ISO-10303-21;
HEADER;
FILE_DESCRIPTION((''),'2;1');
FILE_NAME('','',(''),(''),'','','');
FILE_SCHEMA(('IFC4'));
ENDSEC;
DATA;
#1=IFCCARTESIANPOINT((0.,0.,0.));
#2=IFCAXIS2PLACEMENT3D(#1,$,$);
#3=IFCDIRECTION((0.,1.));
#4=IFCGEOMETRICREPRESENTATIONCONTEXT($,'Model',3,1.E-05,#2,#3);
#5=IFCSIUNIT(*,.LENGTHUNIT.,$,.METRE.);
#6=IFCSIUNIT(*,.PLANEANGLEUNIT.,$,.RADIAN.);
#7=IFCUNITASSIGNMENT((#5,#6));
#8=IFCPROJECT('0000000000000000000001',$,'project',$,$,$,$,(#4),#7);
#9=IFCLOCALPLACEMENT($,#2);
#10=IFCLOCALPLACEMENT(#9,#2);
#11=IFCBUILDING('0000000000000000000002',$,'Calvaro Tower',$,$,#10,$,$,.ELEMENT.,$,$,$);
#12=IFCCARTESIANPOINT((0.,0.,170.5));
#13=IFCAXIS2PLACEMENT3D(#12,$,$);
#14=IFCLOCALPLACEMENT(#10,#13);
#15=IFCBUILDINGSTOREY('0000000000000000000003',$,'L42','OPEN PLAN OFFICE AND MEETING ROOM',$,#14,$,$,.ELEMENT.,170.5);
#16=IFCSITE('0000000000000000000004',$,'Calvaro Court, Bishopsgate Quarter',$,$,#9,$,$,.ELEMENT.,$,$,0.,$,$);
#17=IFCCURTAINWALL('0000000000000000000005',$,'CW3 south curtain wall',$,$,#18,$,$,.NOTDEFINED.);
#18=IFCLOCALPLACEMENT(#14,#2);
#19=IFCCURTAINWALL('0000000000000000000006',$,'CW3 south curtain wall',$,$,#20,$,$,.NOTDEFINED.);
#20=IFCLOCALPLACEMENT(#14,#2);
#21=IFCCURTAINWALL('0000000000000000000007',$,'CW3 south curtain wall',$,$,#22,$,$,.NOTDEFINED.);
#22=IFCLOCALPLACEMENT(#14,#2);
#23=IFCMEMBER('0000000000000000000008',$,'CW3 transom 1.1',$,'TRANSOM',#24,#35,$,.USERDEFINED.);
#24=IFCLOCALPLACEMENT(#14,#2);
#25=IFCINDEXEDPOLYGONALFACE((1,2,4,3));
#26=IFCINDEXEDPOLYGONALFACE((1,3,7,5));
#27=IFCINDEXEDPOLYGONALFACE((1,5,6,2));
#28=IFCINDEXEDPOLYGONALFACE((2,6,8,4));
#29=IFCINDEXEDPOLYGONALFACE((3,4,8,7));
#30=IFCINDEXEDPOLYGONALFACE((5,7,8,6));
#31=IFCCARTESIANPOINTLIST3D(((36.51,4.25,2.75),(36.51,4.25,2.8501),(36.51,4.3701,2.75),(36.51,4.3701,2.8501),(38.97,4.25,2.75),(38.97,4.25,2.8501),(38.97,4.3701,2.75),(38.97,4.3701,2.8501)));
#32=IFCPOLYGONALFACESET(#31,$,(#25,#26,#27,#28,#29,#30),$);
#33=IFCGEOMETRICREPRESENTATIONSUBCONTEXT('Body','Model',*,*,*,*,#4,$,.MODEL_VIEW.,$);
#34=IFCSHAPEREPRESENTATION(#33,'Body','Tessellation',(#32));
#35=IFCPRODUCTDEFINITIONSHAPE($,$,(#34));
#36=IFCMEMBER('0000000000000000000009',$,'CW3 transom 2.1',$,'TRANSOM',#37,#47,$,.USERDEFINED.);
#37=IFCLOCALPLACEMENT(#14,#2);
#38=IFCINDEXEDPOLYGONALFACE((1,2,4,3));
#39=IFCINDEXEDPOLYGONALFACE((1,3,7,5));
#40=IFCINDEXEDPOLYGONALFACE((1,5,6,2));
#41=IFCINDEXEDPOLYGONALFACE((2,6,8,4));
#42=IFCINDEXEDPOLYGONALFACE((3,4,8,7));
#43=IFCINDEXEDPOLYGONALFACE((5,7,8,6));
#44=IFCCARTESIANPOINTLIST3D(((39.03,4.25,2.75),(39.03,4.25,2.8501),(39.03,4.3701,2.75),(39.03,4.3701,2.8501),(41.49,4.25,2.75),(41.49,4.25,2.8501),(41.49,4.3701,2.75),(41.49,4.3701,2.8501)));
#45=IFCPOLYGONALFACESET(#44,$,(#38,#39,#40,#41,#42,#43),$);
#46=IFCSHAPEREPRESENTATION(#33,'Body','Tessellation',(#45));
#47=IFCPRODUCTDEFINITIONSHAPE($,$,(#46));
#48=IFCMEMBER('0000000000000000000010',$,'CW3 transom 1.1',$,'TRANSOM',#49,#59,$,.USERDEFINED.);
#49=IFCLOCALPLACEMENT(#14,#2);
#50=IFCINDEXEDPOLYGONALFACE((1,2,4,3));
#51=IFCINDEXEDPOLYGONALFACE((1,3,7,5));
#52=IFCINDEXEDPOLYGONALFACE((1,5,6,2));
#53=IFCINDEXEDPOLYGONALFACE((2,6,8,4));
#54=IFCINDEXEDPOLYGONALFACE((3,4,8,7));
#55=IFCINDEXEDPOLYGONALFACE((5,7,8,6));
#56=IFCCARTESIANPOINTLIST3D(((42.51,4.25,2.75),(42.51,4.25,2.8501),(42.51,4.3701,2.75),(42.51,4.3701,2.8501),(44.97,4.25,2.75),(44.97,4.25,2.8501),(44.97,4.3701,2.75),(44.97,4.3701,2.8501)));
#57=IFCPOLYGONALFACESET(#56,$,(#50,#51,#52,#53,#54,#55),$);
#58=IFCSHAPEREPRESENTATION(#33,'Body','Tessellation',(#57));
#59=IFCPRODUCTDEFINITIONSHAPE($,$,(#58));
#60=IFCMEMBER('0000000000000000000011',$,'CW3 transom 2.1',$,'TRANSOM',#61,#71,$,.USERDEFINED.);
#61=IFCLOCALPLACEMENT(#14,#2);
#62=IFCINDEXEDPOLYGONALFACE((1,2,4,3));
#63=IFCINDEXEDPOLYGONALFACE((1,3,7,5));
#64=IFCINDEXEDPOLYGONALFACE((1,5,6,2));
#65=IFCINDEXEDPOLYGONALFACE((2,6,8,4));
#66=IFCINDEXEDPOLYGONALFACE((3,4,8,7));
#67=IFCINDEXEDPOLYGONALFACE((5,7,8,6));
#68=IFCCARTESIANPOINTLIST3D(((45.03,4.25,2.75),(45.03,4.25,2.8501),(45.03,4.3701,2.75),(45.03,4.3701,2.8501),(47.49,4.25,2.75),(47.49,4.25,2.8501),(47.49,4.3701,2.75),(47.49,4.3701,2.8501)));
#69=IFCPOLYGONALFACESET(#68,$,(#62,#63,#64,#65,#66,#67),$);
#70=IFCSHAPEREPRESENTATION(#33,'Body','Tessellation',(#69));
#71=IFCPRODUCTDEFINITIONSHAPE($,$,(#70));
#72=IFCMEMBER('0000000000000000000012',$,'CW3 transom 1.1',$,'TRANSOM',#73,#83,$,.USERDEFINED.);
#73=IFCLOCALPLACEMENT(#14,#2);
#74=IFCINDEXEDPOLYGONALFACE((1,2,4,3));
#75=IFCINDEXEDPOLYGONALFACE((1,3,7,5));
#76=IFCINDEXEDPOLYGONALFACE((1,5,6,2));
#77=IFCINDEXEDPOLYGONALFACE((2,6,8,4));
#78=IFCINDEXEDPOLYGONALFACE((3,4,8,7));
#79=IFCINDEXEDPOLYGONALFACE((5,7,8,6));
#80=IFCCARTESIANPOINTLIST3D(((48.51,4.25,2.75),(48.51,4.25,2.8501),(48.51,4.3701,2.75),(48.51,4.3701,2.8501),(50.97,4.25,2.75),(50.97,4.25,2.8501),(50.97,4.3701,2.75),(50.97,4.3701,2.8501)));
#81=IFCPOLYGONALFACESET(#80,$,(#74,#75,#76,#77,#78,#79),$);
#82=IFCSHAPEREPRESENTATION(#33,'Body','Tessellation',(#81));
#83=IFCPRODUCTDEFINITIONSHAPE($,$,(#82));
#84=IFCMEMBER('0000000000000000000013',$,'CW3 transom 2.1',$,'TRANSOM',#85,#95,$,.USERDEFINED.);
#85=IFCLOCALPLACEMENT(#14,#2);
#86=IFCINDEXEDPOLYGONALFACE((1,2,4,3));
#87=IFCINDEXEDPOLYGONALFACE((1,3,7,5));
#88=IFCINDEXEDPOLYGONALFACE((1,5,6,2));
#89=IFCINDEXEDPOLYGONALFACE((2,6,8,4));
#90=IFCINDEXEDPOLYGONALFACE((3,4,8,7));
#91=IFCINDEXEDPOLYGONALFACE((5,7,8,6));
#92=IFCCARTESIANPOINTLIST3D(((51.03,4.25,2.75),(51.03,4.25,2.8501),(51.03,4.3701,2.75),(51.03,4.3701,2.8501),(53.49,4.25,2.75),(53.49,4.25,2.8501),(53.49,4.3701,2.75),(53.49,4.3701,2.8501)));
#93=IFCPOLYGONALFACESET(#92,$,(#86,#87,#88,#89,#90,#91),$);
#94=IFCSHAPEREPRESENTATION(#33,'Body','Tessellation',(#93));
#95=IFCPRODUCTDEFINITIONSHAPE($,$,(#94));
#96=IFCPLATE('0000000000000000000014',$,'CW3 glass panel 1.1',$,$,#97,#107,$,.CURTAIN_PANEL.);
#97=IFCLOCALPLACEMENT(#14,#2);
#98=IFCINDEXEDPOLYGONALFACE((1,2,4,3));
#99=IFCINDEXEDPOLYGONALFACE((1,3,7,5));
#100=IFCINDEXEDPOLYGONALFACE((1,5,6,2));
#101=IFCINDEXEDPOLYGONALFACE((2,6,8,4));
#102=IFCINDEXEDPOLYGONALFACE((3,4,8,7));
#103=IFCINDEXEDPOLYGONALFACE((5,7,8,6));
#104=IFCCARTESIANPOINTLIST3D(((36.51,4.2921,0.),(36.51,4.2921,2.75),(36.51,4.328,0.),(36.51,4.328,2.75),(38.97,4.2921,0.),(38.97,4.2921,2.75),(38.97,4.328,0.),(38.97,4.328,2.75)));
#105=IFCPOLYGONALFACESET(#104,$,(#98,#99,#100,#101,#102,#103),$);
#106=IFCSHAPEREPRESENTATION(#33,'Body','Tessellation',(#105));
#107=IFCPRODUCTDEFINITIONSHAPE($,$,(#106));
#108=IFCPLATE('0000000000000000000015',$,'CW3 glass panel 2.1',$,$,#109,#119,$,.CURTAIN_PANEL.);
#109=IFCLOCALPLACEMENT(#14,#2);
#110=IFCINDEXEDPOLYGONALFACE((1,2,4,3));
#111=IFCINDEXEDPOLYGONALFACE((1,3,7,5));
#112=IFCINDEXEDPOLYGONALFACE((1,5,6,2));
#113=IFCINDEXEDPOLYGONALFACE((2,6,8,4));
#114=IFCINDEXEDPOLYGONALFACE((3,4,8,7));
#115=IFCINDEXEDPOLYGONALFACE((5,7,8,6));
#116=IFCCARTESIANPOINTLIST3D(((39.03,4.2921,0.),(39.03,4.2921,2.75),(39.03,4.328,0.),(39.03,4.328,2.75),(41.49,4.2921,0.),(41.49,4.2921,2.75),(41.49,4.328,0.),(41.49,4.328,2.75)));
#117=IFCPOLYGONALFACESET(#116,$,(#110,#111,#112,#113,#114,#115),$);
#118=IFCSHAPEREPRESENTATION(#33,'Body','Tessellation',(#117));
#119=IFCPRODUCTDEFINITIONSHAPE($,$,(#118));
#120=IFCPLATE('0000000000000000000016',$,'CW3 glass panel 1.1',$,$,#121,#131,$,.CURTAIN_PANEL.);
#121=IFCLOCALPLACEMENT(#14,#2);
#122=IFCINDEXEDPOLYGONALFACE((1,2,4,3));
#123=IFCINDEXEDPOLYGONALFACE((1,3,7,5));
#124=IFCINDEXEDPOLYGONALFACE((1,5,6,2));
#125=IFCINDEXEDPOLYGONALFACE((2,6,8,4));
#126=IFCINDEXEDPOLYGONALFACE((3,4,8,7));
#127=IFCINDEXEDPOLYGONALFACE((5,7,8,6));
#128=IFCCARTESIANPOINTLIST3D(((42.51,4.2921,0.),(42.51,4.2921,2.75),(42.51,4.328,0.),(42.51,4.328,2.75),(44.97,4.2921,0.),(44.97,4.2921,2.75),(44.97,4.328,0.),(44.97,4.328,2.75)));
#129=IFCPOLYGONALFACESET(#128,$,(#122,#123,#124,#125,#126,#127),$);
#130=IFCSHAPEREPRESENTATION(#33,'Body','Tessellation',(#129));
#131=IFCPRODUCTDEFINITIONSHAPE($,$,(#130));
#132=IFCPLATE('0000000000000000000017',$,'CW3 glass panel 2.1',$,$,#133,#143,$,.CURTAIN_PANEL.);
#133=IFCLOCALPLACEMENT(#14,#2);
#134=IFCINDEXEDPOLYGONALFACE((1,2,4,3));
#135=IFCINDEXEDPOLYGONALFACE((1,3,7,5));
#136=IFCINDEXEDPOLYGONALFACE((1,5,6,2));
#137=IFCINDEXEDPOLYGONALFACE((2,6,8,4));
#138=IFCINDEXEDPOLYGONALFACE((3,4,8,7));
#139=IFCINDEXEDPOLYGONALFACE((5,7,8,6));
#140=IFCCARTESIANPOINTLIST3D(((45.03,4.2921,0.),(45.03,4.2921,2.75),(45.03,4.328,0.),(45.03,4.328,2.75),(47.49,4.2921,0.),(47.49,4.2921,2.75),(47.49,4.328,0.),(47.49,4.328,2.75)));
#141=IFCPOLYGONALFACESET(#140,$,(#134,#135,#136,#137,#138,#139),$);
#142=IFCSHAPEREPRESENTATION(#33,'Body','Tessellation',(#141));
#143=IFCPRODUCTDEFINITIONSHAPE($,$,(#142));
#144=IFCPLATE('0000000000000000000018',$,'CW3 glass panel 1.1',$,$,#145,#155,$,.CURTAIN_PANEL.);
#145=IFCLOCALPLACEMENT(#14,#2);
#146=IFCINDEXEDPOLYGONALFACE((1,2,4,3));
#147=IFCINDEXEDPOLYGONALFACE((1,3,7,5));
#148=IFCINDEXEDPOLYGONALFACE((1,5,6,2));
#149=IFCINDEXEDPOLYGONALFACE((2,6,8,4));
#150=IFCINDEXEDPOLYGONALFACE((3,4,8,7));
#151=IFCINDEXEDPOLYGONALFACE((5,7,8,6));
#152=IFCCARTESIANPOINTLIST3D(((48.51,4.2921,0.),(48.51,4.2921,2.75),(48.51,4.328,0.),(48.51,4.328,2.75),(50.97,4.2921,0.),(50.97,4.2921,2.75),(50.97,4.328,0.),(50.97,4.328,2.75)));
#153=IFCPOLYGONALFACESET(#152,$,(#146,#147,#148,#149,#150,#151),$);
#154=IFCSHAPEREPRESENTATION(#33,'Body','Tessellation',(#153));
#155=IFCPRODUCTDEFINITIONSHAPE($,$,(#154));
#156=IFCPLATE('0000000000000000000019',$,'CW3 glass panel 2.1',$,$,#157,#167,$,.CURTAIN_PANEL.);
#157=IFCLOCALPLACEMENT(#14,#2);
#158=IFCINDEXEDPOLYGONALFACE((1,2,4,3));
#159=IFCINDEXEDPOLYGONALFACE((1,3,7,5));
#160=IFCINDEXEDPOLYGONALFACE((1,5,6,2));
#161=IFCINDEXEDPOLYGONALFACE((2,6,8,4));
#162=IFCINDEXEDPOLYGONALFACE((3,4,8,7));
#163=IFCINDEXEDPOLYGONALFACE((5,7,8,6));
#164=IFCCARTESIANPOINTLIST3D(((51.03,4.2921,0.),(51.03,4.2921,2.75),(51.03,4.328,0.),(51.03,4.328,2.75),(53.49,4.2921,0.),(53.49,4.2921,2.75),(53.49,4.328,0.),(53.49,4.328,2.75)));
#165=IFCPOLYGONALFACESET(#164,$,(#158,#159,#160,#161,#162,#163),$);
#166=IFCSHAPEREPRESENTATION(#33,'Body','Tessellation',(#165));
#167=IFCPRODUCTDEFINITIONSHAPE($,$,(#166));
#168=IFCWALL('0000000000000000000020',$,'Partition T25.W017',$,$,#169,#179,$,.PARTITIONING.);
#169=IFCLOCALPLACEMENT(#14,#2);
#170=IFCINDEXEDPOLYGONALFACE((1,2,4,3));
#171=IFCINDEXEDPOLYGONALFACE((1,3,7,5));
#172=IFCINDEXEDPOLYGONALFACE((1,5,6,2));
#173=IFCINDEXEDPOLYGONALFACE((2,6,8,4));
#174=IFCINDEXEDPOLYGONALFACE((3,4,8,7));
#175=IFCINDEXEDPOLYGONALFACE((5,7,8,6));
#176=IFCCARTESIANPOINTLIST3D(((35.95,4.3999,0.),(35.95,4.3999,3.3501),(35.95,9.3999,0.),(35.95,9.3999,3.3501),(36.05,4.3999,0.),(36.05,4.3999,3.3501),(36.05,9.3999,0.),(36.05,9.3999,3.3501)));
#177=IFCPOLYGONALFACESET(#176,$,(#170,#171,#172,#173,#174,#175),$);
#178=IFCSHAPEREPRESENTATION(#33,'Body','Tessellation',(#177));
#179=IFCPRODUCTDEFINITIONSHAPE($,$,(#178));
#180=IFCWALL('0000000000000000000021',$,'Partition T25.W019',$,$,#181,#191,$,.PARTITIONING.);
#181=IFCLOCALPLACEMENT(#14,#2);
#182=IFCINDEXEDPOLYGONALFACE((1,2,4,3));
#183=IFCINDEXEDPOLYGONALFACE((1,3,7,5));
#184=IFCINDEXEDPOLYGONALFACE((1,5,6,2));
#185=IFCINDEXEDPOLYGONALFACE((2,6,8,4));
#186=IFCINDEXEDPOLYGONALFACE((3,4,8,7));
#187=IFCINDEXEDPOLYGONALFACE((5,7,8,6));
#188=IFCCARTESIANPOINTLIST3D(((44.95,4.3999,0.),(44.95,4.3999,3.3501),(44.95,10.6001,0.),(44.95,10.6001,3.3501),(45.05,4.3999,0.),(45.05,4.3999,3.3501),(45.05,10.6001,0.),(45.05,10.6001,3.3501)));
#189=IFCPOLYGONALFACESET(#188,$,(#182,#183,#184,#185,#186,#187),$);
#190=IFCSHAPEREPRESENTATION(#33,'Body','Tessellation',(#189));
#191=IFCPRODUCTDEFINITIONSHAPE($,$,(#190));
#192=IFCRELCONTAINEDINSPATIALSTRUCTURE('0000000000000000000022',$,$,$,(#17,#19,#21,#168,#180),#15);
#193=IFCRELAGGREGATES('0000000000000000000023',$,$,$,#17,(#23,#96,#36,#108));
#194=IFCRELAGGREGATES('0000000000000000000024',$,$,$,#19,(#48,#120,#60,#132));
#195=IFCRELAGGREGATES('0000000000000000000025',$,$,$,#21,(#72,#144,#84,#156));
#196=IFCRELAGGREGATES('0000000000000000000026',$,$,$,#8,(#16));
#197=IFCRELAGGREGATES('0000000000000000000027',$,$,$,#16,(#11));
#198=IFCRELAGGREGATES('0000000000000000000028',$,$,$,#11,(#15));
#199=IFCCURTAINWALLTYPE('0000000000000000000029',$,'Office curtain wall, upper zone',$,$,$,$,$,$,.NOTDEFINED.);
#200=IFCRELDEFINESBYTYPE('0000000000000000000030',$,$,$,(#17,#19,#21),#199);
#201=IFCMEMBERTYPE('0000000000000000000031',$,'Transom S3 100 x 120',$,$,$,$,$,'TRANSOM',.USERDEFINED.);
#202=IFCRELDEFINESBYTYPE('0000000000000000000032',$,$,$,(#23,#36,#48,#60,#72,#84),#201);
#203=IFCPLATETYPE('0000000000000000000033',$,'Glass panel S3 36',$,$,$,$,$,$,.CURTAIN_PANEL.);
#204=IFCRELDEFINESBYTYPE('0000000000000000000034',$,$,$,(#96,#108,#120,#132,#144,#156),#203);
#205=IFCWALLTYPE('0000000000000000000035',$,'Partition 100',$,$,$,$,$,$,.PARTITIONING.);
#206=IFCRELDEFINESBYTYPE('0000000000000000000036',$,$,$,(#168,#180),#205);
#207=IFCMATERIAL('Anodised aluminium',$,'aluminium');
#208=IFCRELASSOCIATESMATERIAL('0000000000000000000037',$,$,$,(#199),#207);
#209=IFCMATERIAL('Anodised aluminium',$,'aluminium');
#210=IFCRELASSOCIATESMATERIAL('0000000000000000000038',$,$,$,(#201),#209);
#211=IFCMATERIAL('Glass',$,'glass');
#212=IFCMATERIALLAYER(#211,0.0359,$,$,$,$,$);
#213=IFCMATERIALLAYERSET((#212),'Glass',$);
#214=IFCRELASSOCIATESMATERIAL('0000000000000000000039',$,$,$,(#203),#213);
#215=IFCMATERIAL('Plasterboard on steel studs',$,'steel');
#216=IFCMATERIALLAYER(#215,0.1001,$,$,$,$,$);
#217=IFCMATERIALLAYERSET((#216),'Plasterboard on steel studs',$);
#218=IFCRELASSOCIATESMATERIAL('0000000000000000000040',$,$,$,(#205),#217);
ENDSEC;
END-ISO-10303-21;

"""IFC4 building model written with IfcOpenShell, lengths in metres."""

from ifc_helpers import new_model, si_unit, direction, frame, frame_2d, origin, origin_2d, place, context, subcontext, project, spatial, rectangle, extrude, material, layer, layer_set, material_profile, profile_set, type_object, element, aggregate, save


model = new_model("IFC4")

# Units and contexts
model_context = context("Model", 3, precision=1e-05, world=origin(), true_north=direction((0.0, 1.0)))
body_context = subcontext(model_context, "Body", "Model", "MODEL_VIEW")
ifc_project = project(units=[si_unit("LENGTHUNIT", "METRE"), si_unit("PLANEANGLEUNIT", "RADIAN")], contexts=[model_context])

# Site, building, storey
site_placement = place(None, origin())
site = spatial("IfcSite", under=ifc_project, at=site_placement, Name="Calvaro Court, Bishopsgate Quarter", CompositionType="ELEMENT", RefElevation=0.0)
building_placement = place(site_placement, origin())
building = spatial("IfcBuilding", under=site, at=building_placement, Name="Calvaro Tower", CompositionType="ELEMENT")
storey_placement = place(building_placement, frame((0.0, 0.0, 170.5)))
storey = spatial("IfcBuildingStorey", under=building, at=storey_placement, Name="L42", Description="OPEN PLAN OFFICE AND MEETING ROOM", CompositionType="ELEMENT", Elevation=170.5)

# Shared definitions
ifc_material_1 = material(Name="Anodised aluminium", Category="aluminium")
curtain_wall_type = type_object("IfcCurtainWallType", Name="Office curtain wall, upper zone", PredefinedType="NOTDEFINED", material=ifc_material_1)

# Curtain walls
curtain_wall_1_placement = place(storey_placement, origin())
curtain_wall_1 = element("IfcCurtainWall", 1, at=curtain_wall_1_placement, inside=storey, type_object=curtain_wall_type, Name="CW3 south curtain wall", PredefinedType="NOTDEFINED")
curtain_wall_2_placement = place(storey_placement, origin())
curtain_wall_2 = element("IfcCurtainWall", 2, at=curtain_wall_2_placement, inside=storey, type_object=curtain_wall_type, Name="CW3 south curtain wall", PredefinedType="NOTDEFINED")
curtain_wall_3_placement = place(storey_placement, origin())
curtain_wall_3 = element("IfcCurtainWall", 3, at=curtain_wall_3_placement, inside=storey, type_object=curtain_wall_type, Name="CW3 south curtain wall", PredefinedType="NOTDEFINED")

# Members
ifc_material_2 = material(Name="Anodised aluminium", Category="aluminium")
ifc_material_profile_1 = material_profile(ifc_material_2, rectangle(XDim=0.1201, YDim=0.1001, at=origin_2d()), Name="Transom S3 100 x 120")
ifc_profile_set_1 = profile_set([ifc_material_profile_1], Name="Anodised aluminium")
member_type_1 = type_object("IfcMemberType", Name="Transom S3 100 x 120", ElementType="TRANSOM", PredefinedType="USERDEFINED", material=ifc_profile_set_1)
member_1_placement = place(storey_placement, frame((36.51, 4.3101, 2.8), z_axis=(1.0, 0.0, 0.0), x_axis=(0.0, 1.0, 0.0)))
member_1 = element("IfcMember", 4, at=member_1_placement, type_object=member_type_1, Name="CW3 transom 1.1", ObjectType="TRANSOM", PredefinedType="USERDEFINED", context=body_context, shape_type="SweptSolid", body=[
    extrude(rectangle(XDim=0.1201, YDim=0.1001, at=origin_2d()), origin(), (0.0, 0.0, 1.0), 2.46),
])
member_2_placement = place(storey_placement, frame((39.03, 4.3101, 2.8), z_axis=(1.0, 0.0, 0.0), x_axis=(0.0, 1.0, 0.0)))
member_2 = element("IfcMember", 5, at=member_2_placement, type_object=member_type_1, Name="CW3 transom 2.1", ObjectType="TRANSOM", PredefinedType="USERDEFINED", context=body_context, shape_type="SweptSolid", body=[
    extrude(rectangle(XDim=0.1201, YDim=0.1001, at=origin_2d()), origin(), (0.0, 0.0, 1.0), 2.46),
])
member_3_placement = place(storey_placement, frame((42.51, 4.3101, 2.8), z_axis=(1.0, 0.0, 0.0), x_axis=(0.0, 1.0, 0.0)))
member_3 = element("IfcMember", 6, at=member_3_placement, type_object=member_type_1, Name="CW3 transom 1.1", ObjectType="TRANSOM", PredefinedType="USERDEFINED", context=body_context, shape_type="SweptSolid", body=[
    extrude(rectangle(XDim=0.1201, YDim=0.1001, at=origin_2d()), origin(), (0.0, 0.0, 1.0), 2.46),
])
member_4_placement = place(storey_placement, frame((45.03, 4.3101, 2.8), z_axis=(1.0, 0.0, 0.0), x_axis=(0.0, 1.0, 0.0)))
member_4 = element("IfcMember", 7, at=member_4_placement, type_object=member_type_1, Name="CW3 transom 2.1", ObjectType="TRANSOM", PredefinedType="USERDEFINED", context=body_context, shape_type="SweptSolid", body=[
    extrude(rectangle(XDim=0.1201, YDim=0.1001, at=origin_2d()), origin(), (0.0, 0.0, 1.0), 2.46),
])
member_5_placement = place(storey_placement, frame((48.51, 4.3101, 2.8), z_axis=(1.0, 0.0, 0.0), x_axis=(0.0, 1.0, 0.0)))
member_5 = element("IfcMember", 8, at=member_5_placement, type_object=member_type_1, Name="CW3 transom 1.1", ObjectType="TRANSOM", PredefinedType="USERDEFINED", context=body_context, shape_type="SweptSolid", body=[
    extrude(rectangle(XDim=0.1201, YDim=0.1001, at=origin_2d()), origin(), (0.0, 0.0, 1.0), 2.46),
])
member_6_placement = place(storey_placement, frame((51.03, 4.3101, 2.8), z_axis=(1.0, 0.0, 0.0), x_axis=(0.0, 1.0, 0.0)))
member_6 = element("IfcMember", 9, at=member_6_placement, type_object=member_type_1, Name="CW3 transom 2.1", ObjectType="TRANSOM", PredefinedType="USERDEFINED", context=body_context, shape_type="SweptSolid", body=[
    extrude(rectangle(XDim=0.1201, YDim=0.1001, at=origin_2d()), origin(), (0.0, 0.0, 1.0), 2.46),
])

# Plates
ifc_material_3 = material(Name="Glass", Category="glass")
ifc_layer_1 = layer(ifc_material_3, 0.0359)
ifc_layer_set_1 = layer_set([ifc_layer_1], Name="Glass")
plate_type = type_object("IfcPlateType", Name="Glass panel S3 36", PredefinedType="CURTAIN_PANEL", material=ifc_layer_set_1)
plate_1_placement = place(storey_placement, frame((37.74, 4.3101, 0.0), z_axis=(0.0, 0.0, 1.0), x_axis=(1.0, 0.0, 0.0)))
plate_1 = element("IfcPlate", 10, at=plate_1_placement, type_object=plate_type, Name="CW3 glass panel 1.1", PredefinedType="CURTAIN_PANEL", context=body_context, shape_type="SweptSolid", body=[
    extrude(rectangle(XDim=2.46, YDim=0.0359, at=origin_2d()), origin(), (0.0, 0.0, 1.0), 2.75),
])
plate_2_placement = place(storey_placement, frame((40.26, 4.3101, 0.0), z_axis=(0.0, 0.0, 1.0), x_axis=(1.0, 0.0, 0.0)))
plate_2 = element("IfcPlate", 11, at=plate_2_placement, type_object=plate_type, Name="CW3 glass panel 2.1", PredefinedType="CURTAIN_PANEL", context=body_context, shape_type="SweptSolid", body=[
    extrude(rectangle(XDim=2.46, YDim=0.0359, at=origin_2d()), origin(), (0.0, 0.0, 1.0), 2.75),
])
aggregate(curtain_wall_1, [member_1, plate_1, member_2, plate_2])
plate_3_placement = place(storey_placement, frame((43.74, 4.3101, 0.0), z_axis=(0.0, 0.0, 1.0), x_axis=(1.0, 0.0, 0.0)))
plate_3 = element("IfcPlate", 12, at=plate_3_placement, type_object=plate_type, Name="CW3 glass panel 1.1", PredefinedType="CURTAIN_PANEL", context=body_context, shape_type="SweptSolid", body=[
    extrude(rectangle(XDim=2.46, YDim=0.0359, at=origin_2d()), origin(), (0.0, 0.0, 1.0), 2.75),
])
plate_4_placement = place(storey_placement, frame((46.26, 4.3101, 0.0), z_axis=(0.0, 0.0, 1.0), x_axis=(1.0, 0.0, 0.0)))
plate_4 = element("IfcPlate", 13, at=plate_4_placement, type_object=plate_type, Name="CW3 glass panel 2.1", PredefinedType="CURTAIN_PANEL", context=body_context, shape_type="SweptSolid", body=[
    extrude(rectangle(XDim=2.46, YDim=0.0359, at=origin_2d()), origin(), (0.0, 0.0, 1.0), 2.75),
])
aggregate(curtain_wall_2, [member_3, plate_3, member_4, plate_4])
plate_5_placement = place(storey_placement, frame((49.74, 4.3101, 0.0), z_axis=(0.0, 0.0, 1.0), x_axis=(1.0, 0.0, 0.0)))
plate_5 = element("IfcPlate", 14, at=plate_5_placement, type_object=plate_type, Name="CW3 glass panel 1.1", PredefinedType="CURTAIN_PANEL", context=body_context, shape_type="SweptSolid", body=[
    extrude(rectangle(XDim=2.46, YDim=0.0359, at=origin_2d()), origin(), (0.0, 0.0, 1.0), 2.75),
])
plate_6_placement = place(storey_placement, frame((52.26, 4.3101, 0.0), z_axis=(0.0, 0.0, 1.0), x_axis=(1.0, 0.0, 0.0)))
plate_6 = element("IfcPlate", 15, at=plate_6_placement, type_object=plate_type, Name="CW3 glass panel 2.1", PredefinedType="CURTAIN_PANEL", context=body_context, shape_type="SweptSolid", body=[
    extrude(rectangle(XDim=2.46, YDim=0.0359, at=origin_2d()), origin(), (0.0, 0.0, 1.0), 2.75),
])
aggregate(curtain_wall_3, [member_5, plate_5, member_6, plate_6])

# Walls
ifc_material_4 = material(Name="Plasterboard on steel studs", Category="steel")
ifc_layer_2 = layer(ifc_material_4, 0.1001)
ifc_layer_set_2 = layer_set([ifc_layer_2], Name="Plasterboard on steel studs")
wall_type = type_object("IfcWallType", Name="Partition 100", PredefinedType="PARTITIONING", material=ifc_layer_set_2)
wall_1_placement = place(storey_placement, frame((36.0, 4.3999, 0.0), z_axis=(0.0, 0.0, 1.0), x_axis=(0.0, 1.0, 0.0)))
element("IfcWall", 16, at=wall_1_placement, inside=storey, type_object=wall_type, Name="Partition T25.W017", PredefinedType="PARTITIONING", context=body_context, shape_type="SweptSolid", body=[
    extrude(rectangle(XDim=5.0, YDim=0.1001, at=frame_2d((2.5, 0.0))), origin(), (0.0, 0.0, 1.0), 3.3501),
])
wall_2_placement = place(storey_placement, frame((45.0, 4.3999, 0.0), z_axis=(0.0, 0.0, 1.0), x_axis=(0.0, 1.0, 0.0)))
element("IfcWall", 17, at=wall_2_placement, inside=storey, type_object=wall_type, Name="Partition T25.W019", PredefinedType="PARTITIONING", context=body_context, shape_type="SweptSolid", body=[
    extrude(rectangle(XDim=6.2002, YDim=0.1001, at=frame_2d((3.1001, 0.0))), origin(), (0.0, 0.0, 1.0), 3.3501),
])

save(model, "model.ifc")
